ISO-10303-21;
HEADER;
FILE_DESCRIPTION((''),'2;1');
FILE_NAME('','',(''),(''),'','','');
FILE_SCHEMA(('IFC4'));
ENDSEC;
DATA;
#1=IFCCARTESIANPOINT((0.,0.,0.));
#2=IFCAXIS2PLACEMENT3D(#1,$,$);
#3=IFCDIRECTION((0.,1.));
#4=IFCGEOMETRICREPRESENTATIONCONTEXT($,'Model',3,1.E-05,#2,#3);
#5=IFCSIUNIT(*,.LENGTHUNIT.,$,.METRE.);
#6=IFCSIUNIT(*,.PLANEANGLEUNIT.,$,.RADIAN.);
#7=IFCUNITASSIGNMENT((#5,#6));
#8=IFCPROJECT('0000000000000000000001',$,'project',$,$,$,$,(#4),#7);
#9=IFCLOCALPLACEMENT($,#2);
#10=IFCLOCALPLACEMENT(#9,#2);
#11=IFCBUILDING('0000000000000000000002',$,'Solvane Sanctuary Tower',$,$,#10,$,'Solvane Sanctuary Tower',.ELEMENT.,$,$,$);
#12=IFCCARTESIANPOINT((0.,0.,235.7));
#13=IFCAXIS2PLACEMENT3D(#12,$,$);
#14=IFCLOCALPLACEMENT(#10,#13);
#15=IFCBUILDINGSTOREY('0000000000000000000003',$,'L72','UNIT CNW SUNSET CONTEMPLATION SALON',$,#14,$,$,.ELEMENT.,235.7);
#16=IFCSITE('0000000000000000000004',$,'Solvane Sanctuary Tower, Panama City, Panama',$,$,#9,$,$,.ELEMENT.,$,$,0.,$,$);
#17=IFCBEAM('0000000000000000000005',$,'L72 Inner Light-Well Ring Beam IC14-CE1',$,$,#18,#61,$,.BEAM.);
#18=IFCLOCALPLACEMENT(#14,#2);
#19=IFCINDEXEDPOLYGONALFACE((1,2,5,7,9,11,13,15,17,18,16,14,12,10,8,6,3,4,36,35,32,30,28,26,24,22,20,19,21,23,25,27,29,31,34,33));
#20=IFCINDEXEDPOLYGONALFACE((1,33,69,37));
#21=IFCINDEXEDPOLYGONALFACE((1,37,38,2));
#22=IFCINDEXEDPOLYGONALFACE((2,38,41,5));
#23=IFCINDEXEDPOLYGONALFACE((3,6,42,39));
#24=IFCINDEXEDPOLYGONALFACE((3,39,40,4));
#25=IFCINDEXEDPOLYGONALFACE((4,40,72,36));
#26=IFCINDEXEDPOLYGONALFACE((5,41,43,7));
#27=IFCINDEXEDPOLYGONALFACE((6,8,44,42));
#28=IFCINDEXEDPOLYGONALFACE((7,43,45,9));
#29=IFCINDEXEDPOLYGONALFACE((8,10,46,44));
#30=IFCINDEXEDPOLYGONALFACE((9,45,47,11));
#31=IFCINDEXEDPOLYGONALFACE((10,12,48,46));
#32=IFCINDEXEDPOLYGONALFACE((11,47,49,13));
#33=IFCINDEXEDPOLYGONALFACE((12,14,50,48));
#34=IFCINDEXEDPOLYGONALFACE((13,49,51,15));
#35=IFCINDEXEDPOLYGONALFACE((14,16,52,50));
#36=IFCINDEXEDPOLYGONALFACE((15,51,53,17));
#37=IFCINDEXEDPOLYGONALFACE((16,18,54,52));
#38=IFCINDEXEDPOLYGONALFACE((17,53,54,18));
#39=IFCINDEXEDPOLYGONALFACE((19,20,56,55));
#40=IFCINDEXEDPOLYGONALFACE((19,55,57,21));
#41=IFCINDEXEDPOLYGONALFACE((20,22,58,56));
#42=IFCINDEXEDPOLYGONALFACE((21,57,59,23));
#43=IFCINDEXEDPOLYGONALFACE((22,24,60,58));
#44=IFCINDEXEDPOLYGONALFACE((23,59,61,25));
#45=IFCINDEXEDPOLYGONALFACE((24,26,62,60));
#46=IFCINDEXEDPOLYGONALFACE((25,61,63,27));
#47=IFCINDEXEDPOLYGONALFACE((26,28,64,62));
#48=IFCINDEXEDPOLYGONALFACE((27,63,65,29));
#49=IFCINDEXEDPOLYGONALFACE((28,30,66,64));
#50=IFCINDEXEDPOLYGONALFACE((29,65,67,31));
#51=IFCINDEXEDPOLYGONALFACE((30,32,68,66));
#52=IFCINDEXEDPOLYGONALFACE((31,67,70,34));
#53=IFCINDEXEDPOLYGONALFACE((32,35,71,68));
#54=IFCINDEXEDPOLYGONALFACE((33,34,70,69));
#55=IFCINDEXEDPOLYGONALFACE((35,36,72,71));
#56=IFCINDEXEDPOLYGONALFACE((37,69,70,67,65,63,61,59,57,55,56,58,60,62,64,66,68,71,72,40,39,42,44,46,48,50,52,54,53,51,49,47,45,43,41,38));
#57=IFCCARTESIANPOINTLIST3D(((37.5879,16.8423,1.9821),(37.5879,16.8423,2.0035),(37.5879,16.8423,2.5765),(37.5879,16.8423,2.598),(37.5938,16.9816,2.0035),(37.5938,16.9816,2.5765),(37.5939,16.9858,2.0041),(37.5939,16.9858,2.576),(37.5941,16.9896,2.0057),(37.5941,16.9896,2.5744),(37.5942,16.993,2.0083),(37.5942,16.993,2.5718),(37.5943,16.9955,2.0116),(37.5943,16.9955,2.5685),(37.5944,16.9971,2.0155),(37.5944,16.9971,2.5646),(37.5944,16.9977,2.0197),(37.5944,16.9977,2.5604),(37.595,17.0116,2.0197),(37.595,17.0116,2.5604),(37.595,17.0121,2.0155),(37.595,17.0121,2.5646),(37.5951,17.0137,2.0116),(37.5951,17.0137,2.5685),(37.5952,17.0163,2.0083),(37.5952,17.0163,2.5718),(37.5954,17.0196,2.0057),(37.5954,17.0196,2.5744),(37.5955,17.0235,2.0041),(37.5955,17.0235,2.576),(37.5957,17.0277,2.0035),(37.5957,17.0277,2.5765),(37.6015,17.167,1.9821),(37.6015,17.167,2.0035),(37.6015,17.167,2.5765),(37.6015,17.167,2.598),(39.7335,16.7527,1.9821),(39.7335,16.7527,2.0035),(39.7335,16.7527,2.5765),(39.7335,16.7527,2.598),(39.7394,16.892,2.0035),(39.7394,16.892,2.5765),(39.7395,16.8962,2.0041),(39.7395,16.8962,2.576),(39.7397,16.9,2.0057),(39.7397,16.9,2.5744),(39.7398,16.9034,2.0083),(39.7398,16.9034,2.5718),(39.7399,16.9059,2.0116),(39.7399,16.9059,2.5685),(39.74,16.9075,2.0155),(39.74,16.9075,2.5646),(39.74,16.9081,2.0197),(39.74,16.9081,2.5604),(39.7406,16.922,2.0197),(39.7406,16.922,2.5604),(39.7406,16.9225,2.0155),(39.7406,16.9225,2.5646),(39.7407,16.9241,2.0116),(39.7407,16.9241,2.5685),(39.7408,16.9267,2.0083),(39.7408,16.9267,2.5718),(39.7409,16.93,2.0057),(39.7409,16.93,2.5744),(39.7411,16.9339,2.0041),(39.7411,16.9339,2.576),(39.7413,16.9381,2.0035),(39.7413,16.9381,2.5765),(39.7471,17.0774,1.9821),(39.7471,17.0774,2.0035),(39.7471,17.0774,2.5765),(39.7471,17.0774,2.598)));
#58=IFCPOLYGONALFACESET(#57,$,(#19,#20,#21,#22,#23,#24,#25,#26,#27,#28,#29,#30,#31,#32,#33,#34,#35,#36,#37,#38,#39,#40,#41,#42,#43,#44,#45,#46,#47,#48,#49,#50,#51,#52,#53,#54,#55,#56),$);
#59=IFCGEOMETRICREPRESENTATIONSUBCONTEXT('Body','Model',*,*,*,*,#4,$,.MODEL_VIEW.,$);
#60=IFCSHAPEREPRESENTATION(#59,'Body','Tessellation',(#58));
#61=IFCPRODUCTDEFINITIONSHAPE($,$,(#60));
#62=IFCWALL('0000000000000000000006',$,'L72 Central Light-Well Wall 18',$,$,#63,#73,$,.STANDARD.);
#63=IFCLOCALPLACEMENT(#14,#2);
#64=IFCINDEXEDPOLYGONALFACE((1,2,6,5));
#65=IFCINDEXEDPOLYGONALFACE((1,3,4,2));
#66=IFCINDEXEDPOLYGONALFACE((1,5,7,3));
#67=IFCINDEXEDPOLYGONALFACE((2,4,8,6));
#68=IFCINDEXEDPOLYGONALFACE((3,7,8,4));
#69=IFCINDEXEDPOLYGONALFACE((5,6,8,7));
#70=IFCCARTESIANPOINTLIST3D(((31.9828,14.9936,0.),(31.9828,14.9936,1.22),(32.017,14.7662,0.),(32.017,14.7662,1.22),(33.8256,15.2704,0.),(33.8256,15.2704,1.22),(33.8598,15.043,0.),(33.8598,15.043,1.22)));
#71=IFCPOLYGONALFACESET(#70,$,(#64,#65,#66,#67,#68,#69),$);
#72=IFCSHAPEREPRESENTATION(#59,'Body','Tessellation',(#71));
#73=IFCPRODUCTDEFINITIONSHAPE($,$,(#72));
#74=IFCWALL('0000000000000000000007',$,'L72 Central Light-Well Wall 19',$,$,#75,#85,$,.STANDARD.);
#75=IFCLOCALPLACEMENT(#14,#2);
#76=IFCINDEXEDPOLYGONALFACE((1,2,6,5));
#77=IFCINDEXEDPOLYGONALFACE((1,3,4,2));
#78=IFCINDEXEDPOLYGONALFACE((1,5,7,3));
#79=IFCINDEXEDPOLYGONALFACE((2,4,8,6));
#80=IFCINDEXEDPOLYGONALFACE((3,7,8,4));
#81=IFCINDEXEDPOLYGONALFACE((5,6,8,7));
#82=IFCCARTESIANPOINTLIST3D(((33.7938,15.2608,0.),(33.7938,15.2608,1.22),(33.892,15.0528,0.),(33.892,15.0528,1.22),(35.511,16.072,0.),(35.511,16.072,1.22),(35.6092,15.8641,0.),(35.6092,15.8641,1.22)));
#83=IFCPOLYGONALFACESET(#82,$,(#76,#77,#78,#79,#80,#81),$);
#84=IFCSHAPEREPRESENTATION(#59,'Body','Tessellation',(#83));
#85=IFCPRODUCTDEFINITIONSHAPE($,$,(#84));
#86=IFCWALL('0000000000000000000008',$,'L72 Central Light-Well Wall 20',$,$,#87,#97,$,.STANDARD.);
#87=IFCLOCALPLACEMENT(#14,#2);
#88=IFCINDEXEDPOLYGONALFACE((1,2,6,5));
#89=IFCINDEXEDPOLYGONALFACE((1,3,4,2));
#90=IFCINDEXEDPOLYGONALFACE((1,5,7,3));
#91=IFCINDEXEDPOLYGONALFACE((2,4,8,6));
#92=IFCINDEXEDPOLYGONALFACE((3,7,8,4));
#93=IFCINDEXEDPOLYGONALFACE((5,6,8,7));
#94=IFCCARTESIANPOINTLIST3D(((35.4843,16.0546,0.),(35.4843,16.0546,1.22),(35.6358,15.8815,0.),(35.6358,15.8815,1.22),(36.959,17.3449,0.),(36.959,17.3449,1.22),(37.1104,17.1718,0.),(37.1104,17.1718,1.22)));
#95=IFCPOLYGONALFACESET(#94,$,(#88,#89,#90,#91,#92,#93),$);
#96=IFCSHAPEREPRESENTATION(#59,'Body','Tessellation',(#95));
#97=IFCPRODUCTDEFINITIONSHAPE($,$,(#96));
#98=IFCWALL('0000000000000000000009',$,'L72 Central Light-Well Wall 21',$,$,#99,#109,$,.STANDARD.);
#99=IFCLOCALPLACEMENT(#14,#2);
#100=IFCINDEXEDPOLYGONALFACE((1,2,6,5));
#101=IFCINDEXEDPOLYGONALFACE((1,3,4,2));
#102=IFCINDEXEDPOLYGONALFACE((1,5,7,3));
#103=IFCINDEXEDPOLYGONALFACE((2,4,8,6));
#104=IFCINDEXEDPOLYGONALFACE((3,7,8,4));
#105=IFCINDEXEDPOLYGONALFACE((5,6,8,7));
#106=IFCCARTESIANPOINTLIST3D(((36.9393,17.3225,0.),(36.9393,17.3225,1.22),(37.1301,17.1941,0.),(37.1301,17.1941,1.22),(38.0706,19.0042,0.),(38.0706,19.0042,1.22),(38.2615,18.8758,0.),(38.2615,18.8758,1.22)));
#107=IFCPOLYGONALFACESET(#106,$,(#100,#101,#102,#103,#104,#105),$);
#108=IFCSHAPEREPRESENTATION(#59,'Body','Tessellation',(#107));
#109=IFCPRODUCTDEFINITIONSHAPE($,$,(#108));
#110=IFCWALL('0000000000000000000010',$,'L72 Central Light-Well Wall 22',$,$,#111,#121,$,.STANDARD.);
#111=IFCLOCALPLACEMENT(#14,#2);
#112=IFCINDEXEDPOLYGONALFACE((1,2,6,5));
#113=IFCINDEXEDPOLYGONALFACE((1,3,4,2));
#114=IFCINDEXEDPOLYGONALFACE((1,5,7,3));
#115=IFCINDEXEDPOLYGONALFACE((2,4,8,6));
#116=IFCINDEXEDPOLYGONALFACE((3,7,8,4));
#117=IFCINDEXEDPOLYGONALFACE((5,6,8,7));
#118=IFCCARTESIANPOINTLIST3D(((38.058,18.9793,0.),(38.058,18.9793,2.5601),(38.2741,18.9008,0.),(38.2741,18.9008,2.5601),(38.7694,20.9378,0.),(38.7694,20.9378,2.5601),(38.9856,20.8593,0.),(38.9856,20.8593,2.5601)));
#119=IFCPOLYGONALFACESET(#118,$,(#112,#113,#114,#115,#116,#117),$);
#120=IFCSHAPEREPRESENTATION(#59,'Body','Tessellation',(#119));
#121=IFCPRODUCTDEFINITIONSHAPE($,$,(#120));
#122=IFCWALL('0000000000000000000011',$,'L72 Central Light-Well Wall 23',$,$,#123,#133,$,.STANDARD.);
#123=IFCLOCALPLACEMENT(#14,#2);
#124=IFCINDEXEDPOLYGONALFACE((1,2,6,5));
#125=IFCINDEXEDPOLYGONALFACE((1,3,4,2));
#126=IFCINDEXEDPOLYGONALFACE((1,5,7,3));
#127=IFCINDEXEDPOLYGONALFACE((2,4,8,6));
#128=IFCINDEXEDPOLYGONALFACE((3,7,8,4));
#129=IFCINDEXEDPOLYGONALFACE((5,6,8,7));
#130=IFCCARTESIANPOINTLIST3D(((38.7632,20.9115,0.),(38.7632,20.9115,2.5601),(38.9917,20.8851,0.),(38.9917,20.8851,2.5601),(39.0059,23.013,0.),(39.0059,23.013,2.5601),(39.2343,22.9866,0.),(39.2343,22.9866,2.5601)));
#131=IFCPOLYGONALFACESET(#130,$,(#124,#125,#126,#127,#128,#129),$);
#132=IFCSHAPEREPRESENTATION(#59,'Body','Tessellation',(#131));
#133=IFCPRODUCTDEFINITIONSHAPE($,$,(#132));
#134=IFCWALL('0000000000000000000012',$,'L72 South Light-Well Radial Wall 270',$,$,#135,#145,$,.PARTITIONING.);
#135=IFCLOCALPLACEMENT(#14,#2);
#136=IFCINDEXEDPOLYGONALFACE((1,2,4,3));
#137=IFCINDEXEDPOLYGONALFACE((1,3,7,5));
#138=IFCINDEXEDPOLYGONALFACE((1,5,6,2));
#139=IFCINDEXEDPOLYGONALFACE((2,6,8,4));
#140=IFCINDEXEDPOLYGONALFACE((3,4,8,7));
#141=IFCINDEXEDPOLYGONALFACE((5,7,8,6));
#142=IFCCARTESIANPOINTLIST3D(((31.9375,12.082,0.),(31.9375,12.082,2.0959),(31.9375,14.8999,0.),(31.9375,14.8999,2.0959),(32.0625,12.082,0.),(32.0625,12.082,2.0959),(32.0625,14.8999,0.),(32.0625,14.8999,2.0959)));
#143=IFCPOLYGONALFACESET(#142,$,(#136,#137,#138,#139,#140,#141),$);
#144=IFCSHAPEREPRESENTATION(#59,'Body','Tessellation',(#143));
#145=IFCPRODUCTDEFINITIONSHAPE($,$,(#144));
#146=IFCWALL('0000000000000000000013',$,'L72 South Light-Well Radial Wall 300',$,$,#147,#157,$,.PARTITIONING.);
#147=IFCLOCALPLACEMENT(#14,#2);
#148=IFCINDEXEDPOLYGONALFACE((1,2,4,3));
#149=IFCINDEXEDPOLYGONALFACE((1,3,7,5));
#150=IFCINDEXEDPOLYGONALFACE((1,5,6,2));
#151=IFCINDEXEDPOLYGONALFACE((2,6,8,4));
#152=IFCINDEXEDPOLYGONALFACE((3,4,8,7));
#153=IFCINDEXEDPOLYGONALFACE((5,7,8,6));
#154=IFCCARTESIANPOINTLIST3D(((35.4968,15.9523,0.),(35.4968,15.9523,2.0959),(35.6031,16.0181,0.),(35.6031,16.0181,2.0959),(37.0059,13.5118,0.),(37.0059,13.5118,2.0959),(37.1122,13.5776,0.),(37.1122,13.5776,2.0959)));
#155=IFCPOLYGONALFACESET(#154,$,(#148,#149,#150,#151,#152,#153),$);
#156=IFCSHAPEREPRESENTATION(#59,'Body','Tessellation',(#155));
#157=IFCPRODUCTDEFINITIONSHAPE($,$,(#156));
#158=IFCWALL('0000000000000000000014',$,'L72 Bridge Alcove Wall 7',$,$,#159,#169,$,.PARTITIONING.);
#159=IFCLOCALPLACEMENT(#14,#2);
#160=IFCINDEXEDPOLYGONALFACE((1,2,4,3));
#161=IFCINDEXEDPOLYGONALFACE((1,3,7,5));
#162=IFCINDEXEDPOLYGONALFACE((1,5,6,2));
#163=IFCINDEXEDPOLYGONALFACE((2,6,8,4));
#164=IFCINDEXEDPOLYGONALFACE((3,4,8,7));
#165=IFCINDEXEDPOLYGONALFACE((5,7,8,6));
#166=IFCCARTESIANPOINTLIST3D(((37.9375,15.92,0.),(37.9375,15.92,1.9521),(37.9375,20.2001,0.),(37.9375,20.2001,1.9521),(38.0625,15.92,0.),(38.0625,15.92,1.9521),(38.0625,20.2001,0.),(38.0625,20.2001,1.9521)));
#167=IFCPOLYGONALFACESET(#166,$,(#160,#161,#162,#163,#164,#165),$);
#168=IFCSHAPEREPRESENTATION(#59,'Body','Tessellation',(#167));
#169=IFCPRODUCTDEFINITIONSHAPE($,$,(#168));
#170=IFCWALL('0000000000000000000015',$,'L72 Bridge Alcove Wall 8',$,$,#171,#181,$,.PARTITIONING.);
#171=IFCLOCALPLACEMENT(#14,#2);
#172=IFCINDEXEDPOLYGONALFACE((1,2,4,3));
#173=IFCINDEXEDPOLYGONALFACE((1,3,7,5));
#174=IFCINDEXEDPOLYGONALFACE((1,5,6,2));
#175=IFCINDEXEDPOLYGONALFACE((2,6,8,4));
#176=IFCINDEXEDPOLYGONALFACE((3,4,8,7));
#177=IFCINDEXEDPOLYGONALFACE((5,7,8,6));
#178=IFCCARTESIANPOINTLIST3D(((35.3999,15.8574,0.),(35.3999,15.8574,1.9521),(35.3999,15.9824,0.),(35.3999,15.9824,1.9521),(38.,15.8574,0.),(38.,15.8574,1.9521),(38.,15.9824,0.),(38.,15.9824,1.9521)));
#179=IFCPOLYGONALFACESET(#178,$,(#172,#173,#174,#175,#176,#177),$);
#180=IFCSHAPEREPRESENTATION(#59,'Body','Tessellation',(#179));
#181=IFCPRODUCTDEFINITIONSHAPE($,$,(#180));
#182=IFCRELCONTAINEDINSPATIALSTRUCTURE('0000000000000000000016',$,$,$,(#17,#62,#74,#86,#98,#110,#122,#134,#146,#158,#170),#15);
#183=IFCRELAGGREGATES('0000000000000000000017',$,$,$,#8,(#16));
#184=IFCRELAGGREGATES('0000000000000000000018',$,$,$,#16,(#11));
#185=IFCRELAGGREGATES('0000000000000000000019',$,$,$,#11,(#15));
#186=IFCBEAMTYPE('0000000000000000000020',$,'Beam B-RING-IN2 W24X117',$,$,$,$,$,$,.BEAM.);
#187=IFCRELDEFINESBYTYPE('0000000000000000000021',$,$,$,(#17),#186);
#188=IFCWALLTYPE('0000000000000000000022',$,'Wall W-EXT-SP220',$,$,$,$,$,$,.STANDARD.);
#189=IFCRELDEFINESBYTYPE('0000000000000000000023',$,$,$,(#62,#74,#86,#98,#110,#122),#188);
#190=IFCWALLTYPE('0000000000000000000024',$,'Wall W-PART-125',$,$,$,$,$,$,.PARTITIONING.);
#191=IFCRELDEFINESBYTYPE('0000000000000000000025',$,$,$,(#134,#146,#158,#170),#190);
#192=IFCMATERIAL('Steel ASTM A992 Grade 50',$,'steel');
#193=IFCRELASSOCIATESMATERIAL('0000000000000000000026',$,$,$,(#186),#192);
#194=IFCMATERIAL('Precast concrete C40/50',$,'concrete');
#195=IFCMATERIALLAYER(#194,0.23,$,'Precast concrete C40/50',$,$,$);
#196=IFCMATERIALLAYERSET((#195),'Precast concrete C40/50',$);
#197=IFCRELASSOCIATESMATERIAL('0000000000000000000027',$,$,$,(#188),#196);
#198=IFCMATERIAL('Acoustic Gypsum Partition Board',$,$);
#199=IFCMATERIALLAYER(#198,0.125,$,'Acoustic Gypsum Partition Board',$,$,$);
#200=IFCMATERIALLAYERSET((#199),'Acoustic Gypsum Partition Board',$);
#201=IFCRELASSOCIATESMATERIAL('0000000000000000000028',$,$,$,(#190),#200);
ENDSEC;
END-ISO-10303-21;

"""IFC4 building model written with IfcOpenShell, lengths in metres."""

from ifc_helpers import new_model, si_unit, direction, frame, frame_2d, origin, origin_2d, place, context, subcontext, project, spatial, rectangle, i_section, extrude, material, layer, layer_set, material_profile, profile_set, type_object, element, save


model = new_model("IFC4")

# Units and contexts
model_context = context("Model", 3, precision=1e-05, world=origin(), true_north=direction((0.0, 1.0)))
body_context = subcontext(model_context, "Body", "Model", "MODEL_VIEW")
ifc_project = project(units=[si_unit("LENGTHUNIT", "METRE"), si_unit("PLANEANGLEUNIT", "RADIAN")], contexts=[model_context])

# Site, building, storey
site_placement = place(None, origin())
site = spatial("IfcSite", under=ifc_project, at=site_placement, Name="Solvane Sanctuary Tower, Panama City, Panama", CompositionType="ELEMENT", RefElevation=0.0)
building_placement = place(site_placement, origin())
building = spatial("IfcBuilding", under=site, at=building_placement, Name="Solvane Sanctuary Tower", LongName="Solvane Sanctuary Tower", CompositionType="ELEMENT")
storey_placement = place(building_placement, frame((0.0, 0.0, 235.7)))
storey = spatial("IfcBuildingStorey", under=building, at=storey_placement, Name="L72", Description="UNIT CNW SUNSET CONTEMPLATION SALON", CompositionType="ELEMENT", Elevation=235.7)

# Beam
ifc_material_1 = material(Name="Steel ASTM A992 Grade 50", Category="steel")
ifc_material_profile_1 = material_profile(ifc_material_1, i_section(OverallWidth=0.325, OverallDepth=0.616, WebThickness=0.0139, FlangeThickness=0.0215, FilletRadius=0.0161, at=origin_2d()), Name="W24X117")
ifc_profile_set_1 = profile_set([ifc_material_profile_1], Name="Steel ASTM A992 Grade 50")
beam_type_1 = type_object("IfcBeamType", Name="Beam B-RING-IN2 W24X117", PredefinedType="BEAM", material=ifc_profile_set_1)
beam_1_placement = place(storey_placement, frame((37.5947, 17.0046, 2.29), z_axis=(0.999129, -0.041725, 0.0), x_axis=(0.041725, 0.999129, 0.0)))
element("IfcBeam", 1, at=beam_1_placement, inside=storey, type_object=beam_type_1, Name="L72 Inner Light-Well Ring Beam IC14-CE1", PredefinedType="BEAM", context=body_context, shape_type="SweptSolid", body=[
    extrude(i_section(OverallWidth=0.325, OverallDepth=0.616, WebThickness=0.0139, FlangeThickness=0.0215, FilletRadius=0.0161, at=origin_2d()), origin(), (0.0, 0.0, 1.0), 2.1475),
])

# Walls
ifc_material_2 = material(Name="Precast concrete C40/50", Category="concrete")
ifc_layer_1 = layer(ifc_material_2, 0.23, Name="Precast concrete C40/50")
ifc_layer_set_1 = layer_set([ifc_layer_1], Name="Precast concrete C40/50")
wall_type_1 = type_object("IfcWallType", Name="Wall W-EXT-SP220", PredefinedType="STANDARD", material=ifc_layer_set_1)
wall_1_placement = place(storey_placement, frame((32.0, 14.8799, 0.0), z_axis=(0.0, 0.0, 1.0), x_axis=(0.988902, 0.148571, 0.0)))
element("IfcWall", 2, at=wall_1_placement, inside=storey, type_object=wall_type_1, Name="L72 Central Light-Well Wall 18", PredefinedType="STANDARD", context=body_context, shape_type="SweptSolid", body=[
    extrude(rectangle(XDim=1.8635, YDim=0.23, at=frame_2d((0.9316, 0.0))), origin(), (0.0, 0.0, 1.0), 1.22),
])
wall_2_placement = place(storey_placement, frame((33.8428, 15.1567, 0.0), z_axis=(0.0, 0.0, 1.0), x_axis=(0.90418, 0.427152, 0.0)))
element("IfcWall", 3, at=wall_2_placement, inside=storey, type_object=wall_type_1, Name="L72 Central Light-Well Wall 19", PredefinedType="STANDARD", context=body_context, shape_type="SweptSolid", body=[
    extrude(rectangle(XDim=1.8992, YDim=0.23, at=frame_2d((0.9497, 0.0))), origin(), (0.0, 0.0, 1.0), 1.22),
])
wall_3_placement = place(storey_placement, frame((35.5601, 15.968, 0.0), z_axis=(0.0, 0.0, 1.0), x_axis=(0.752577, 0.658505, 0.0)))
element("IfcWall", 4, at=wall_3_placement, inside=storey, type_object=wall_type_1, Name="L72 Central Light-Well Wall 20", PredefinedType="STANDARD", context=body_context, shape_type="SweptSolid", body=[
    extrude(rectangle(XDim=1.9595, YDim=0.23, at=frame_2d((0.9797, 0.0))), origin(), (0.0, 0.0, 1.0), 1.22),
])
wall_4_placement = place(storey_placement, frame((37.0347, 17.2583, 0.0), z_axis=(0.0, 0.0, 1.0), x_axis=(0.558198, 0.829708, 0.0)))
element("IfcWall", 5, at=wall_4_placement, inside=storey, type_object=wall_type_1, Name="L72 Central Light-Well Wall 21", PredefinedType="STANDARD", context=body_context, shape_type="SweptSolid", body=[
    extrude(rectangle(XDim=2.0269, YDim=0.23, at=frame_2d((1.0134, 0.0))), origin(), (0.0, 0.0, 1.0), 1.22),
])
wall_5_placement = place(storey_placement, frame((38.166, 18.9399, 0.0), z_axis=(0.0, 0.0, 1.0), x_axis=(0.341423, 0.93991, 0.0)))
element("IfcWall", 6, at=wall_5_placement, inside=storey, type_object=wall_type_1, Name="L72 Central Light-Well Wall 22", PredefinedType="STANDARD", context=body_context, shape_type="SweptSolid", body=[
    extrude(rectangle(XDim=2.0837, YDim=0.23, at=frame_2d((1.042, 0.0))), origin(), (0.0, 0.0, 1.0), 2.5601),
])
wall_6_placement = place(storey_placement, frame((38.8774, 20.8984, 0.0), z_axis=(0.0, 0.0, 1.0), x_axis=(0.114712, 0.993399, 0.0)))
element("IfcWall", 7, at=wall_6_placement, inside=storey, type_object=wall_type_1, Name="L72 Central Light-Well Wall 23", PredefinedType="STANDARD", context=body_context, shape_type="SweptSolid", body=[
    extrude(rectangle(XDim=2.1155, YDim=0.23, at=frame_2d((1.0576, 0.0))), origin(), (0.0, 0.0, 1.0), 2.5601),
])
ifc_material_3 = material(Name="Acoustic Gypsum Partition Board")
ifc_layer_2 = layer(ifc_material_3, 0.125, Name="Acoustic Gypsum Partition Board")
ifc_layer_set_2 = layer_set([ifc_layer_2], Name="Acoustic Gypsum Partition Board")
wall_type_2 = type_object("IfcWallType", Name="Wall W-PART-125", PredefinedType="PARTITIONING", material=ifc_layer_set_2)
wall_7_placement = place(storey_placement, frame((32.0, 14.8999, 0.0), z_axis=(0.0, 0.0, 1.0), x_axis=(0.0, -1.0, 0.0)))
element("IfcWall", 8, at=wall_7_placement, inside=storey, type_object=wall_type_2, Name="L72 South Light-Well Radial Wall 270", PredefinedType="PARTITIONING", context=body_context, shape_type="SweptSolid", body=[
    extrude(rectangle(XDim=2.8179, YDim=0.125, at=frame_2d((1.4089, 0.0))), origin(), (0.0, 0.0, 1.0), 2.0959),
])
wall_8_placement = place(storey_placement, frame((35.55, 15.9851, 0.0), z_axis=(0.0, 0.0, 1.0), x_axis=(0.525924, -0.850532, 0.0)))
element("IfcWall", 9, at=wall_8_placement, inside=storey, type_object=wall_type_2, Name="L72 South Light-Well Radial Wall 300", PredefinedType="PARTITIONING", context=body_context, shape_type="SweptSolid", body=[
    extrude(rectangle(XDim=2.8694, YDim=0.125, at=frame_2d((1.4346, 0.0))), origin(), (0.0, 0.0, 1.0), 2.0959),
])
wall_9_placement = place(storey_placement, frame((38.0, 15.9199, 0.0), z_axis=(0.0, 0.0, 1.0), x_axis=(0.0, 1.0, 0.0)))
element("IfcWall", 10, at=wall_9_placement, inside=storey, type_object=wall_type_2, Name="L72 Bridge Alcove Wall 7", PredefinedType="PARTITIONING", context=body_context, shape_type="SweptSolid", body=[
    extrude(rectangle(XDim=4.28, YDim=0.125, at=frame_2d((2.1401, 0.0))), origin(), (0.0, 0.0, 1.0), 1.9521),
])
wall_10_placement = place(storey_placement, frame((35.3999, 15.9199, 0.0), z_axis=(0.0, 0.0, 1.0), x_axis=(1.0, 0.0, 0.0)))
element("IfcWall", 11, at=wall_10_placement, inside=storey, type_object=wall_type_2, Name="L72 Bridge Alcove Wall 8", PredefinedType="PARTITIONING", context=body_context, shape_type="SweptSolid", body=[
    extrude(rectangle(XDim=2.6001, YDim=0.125, at=frame_2d((1.3, 0.0))), origin(), (0.0, 0.0, 1.0), 1.9521),
])

save(model, "model.ifc")
